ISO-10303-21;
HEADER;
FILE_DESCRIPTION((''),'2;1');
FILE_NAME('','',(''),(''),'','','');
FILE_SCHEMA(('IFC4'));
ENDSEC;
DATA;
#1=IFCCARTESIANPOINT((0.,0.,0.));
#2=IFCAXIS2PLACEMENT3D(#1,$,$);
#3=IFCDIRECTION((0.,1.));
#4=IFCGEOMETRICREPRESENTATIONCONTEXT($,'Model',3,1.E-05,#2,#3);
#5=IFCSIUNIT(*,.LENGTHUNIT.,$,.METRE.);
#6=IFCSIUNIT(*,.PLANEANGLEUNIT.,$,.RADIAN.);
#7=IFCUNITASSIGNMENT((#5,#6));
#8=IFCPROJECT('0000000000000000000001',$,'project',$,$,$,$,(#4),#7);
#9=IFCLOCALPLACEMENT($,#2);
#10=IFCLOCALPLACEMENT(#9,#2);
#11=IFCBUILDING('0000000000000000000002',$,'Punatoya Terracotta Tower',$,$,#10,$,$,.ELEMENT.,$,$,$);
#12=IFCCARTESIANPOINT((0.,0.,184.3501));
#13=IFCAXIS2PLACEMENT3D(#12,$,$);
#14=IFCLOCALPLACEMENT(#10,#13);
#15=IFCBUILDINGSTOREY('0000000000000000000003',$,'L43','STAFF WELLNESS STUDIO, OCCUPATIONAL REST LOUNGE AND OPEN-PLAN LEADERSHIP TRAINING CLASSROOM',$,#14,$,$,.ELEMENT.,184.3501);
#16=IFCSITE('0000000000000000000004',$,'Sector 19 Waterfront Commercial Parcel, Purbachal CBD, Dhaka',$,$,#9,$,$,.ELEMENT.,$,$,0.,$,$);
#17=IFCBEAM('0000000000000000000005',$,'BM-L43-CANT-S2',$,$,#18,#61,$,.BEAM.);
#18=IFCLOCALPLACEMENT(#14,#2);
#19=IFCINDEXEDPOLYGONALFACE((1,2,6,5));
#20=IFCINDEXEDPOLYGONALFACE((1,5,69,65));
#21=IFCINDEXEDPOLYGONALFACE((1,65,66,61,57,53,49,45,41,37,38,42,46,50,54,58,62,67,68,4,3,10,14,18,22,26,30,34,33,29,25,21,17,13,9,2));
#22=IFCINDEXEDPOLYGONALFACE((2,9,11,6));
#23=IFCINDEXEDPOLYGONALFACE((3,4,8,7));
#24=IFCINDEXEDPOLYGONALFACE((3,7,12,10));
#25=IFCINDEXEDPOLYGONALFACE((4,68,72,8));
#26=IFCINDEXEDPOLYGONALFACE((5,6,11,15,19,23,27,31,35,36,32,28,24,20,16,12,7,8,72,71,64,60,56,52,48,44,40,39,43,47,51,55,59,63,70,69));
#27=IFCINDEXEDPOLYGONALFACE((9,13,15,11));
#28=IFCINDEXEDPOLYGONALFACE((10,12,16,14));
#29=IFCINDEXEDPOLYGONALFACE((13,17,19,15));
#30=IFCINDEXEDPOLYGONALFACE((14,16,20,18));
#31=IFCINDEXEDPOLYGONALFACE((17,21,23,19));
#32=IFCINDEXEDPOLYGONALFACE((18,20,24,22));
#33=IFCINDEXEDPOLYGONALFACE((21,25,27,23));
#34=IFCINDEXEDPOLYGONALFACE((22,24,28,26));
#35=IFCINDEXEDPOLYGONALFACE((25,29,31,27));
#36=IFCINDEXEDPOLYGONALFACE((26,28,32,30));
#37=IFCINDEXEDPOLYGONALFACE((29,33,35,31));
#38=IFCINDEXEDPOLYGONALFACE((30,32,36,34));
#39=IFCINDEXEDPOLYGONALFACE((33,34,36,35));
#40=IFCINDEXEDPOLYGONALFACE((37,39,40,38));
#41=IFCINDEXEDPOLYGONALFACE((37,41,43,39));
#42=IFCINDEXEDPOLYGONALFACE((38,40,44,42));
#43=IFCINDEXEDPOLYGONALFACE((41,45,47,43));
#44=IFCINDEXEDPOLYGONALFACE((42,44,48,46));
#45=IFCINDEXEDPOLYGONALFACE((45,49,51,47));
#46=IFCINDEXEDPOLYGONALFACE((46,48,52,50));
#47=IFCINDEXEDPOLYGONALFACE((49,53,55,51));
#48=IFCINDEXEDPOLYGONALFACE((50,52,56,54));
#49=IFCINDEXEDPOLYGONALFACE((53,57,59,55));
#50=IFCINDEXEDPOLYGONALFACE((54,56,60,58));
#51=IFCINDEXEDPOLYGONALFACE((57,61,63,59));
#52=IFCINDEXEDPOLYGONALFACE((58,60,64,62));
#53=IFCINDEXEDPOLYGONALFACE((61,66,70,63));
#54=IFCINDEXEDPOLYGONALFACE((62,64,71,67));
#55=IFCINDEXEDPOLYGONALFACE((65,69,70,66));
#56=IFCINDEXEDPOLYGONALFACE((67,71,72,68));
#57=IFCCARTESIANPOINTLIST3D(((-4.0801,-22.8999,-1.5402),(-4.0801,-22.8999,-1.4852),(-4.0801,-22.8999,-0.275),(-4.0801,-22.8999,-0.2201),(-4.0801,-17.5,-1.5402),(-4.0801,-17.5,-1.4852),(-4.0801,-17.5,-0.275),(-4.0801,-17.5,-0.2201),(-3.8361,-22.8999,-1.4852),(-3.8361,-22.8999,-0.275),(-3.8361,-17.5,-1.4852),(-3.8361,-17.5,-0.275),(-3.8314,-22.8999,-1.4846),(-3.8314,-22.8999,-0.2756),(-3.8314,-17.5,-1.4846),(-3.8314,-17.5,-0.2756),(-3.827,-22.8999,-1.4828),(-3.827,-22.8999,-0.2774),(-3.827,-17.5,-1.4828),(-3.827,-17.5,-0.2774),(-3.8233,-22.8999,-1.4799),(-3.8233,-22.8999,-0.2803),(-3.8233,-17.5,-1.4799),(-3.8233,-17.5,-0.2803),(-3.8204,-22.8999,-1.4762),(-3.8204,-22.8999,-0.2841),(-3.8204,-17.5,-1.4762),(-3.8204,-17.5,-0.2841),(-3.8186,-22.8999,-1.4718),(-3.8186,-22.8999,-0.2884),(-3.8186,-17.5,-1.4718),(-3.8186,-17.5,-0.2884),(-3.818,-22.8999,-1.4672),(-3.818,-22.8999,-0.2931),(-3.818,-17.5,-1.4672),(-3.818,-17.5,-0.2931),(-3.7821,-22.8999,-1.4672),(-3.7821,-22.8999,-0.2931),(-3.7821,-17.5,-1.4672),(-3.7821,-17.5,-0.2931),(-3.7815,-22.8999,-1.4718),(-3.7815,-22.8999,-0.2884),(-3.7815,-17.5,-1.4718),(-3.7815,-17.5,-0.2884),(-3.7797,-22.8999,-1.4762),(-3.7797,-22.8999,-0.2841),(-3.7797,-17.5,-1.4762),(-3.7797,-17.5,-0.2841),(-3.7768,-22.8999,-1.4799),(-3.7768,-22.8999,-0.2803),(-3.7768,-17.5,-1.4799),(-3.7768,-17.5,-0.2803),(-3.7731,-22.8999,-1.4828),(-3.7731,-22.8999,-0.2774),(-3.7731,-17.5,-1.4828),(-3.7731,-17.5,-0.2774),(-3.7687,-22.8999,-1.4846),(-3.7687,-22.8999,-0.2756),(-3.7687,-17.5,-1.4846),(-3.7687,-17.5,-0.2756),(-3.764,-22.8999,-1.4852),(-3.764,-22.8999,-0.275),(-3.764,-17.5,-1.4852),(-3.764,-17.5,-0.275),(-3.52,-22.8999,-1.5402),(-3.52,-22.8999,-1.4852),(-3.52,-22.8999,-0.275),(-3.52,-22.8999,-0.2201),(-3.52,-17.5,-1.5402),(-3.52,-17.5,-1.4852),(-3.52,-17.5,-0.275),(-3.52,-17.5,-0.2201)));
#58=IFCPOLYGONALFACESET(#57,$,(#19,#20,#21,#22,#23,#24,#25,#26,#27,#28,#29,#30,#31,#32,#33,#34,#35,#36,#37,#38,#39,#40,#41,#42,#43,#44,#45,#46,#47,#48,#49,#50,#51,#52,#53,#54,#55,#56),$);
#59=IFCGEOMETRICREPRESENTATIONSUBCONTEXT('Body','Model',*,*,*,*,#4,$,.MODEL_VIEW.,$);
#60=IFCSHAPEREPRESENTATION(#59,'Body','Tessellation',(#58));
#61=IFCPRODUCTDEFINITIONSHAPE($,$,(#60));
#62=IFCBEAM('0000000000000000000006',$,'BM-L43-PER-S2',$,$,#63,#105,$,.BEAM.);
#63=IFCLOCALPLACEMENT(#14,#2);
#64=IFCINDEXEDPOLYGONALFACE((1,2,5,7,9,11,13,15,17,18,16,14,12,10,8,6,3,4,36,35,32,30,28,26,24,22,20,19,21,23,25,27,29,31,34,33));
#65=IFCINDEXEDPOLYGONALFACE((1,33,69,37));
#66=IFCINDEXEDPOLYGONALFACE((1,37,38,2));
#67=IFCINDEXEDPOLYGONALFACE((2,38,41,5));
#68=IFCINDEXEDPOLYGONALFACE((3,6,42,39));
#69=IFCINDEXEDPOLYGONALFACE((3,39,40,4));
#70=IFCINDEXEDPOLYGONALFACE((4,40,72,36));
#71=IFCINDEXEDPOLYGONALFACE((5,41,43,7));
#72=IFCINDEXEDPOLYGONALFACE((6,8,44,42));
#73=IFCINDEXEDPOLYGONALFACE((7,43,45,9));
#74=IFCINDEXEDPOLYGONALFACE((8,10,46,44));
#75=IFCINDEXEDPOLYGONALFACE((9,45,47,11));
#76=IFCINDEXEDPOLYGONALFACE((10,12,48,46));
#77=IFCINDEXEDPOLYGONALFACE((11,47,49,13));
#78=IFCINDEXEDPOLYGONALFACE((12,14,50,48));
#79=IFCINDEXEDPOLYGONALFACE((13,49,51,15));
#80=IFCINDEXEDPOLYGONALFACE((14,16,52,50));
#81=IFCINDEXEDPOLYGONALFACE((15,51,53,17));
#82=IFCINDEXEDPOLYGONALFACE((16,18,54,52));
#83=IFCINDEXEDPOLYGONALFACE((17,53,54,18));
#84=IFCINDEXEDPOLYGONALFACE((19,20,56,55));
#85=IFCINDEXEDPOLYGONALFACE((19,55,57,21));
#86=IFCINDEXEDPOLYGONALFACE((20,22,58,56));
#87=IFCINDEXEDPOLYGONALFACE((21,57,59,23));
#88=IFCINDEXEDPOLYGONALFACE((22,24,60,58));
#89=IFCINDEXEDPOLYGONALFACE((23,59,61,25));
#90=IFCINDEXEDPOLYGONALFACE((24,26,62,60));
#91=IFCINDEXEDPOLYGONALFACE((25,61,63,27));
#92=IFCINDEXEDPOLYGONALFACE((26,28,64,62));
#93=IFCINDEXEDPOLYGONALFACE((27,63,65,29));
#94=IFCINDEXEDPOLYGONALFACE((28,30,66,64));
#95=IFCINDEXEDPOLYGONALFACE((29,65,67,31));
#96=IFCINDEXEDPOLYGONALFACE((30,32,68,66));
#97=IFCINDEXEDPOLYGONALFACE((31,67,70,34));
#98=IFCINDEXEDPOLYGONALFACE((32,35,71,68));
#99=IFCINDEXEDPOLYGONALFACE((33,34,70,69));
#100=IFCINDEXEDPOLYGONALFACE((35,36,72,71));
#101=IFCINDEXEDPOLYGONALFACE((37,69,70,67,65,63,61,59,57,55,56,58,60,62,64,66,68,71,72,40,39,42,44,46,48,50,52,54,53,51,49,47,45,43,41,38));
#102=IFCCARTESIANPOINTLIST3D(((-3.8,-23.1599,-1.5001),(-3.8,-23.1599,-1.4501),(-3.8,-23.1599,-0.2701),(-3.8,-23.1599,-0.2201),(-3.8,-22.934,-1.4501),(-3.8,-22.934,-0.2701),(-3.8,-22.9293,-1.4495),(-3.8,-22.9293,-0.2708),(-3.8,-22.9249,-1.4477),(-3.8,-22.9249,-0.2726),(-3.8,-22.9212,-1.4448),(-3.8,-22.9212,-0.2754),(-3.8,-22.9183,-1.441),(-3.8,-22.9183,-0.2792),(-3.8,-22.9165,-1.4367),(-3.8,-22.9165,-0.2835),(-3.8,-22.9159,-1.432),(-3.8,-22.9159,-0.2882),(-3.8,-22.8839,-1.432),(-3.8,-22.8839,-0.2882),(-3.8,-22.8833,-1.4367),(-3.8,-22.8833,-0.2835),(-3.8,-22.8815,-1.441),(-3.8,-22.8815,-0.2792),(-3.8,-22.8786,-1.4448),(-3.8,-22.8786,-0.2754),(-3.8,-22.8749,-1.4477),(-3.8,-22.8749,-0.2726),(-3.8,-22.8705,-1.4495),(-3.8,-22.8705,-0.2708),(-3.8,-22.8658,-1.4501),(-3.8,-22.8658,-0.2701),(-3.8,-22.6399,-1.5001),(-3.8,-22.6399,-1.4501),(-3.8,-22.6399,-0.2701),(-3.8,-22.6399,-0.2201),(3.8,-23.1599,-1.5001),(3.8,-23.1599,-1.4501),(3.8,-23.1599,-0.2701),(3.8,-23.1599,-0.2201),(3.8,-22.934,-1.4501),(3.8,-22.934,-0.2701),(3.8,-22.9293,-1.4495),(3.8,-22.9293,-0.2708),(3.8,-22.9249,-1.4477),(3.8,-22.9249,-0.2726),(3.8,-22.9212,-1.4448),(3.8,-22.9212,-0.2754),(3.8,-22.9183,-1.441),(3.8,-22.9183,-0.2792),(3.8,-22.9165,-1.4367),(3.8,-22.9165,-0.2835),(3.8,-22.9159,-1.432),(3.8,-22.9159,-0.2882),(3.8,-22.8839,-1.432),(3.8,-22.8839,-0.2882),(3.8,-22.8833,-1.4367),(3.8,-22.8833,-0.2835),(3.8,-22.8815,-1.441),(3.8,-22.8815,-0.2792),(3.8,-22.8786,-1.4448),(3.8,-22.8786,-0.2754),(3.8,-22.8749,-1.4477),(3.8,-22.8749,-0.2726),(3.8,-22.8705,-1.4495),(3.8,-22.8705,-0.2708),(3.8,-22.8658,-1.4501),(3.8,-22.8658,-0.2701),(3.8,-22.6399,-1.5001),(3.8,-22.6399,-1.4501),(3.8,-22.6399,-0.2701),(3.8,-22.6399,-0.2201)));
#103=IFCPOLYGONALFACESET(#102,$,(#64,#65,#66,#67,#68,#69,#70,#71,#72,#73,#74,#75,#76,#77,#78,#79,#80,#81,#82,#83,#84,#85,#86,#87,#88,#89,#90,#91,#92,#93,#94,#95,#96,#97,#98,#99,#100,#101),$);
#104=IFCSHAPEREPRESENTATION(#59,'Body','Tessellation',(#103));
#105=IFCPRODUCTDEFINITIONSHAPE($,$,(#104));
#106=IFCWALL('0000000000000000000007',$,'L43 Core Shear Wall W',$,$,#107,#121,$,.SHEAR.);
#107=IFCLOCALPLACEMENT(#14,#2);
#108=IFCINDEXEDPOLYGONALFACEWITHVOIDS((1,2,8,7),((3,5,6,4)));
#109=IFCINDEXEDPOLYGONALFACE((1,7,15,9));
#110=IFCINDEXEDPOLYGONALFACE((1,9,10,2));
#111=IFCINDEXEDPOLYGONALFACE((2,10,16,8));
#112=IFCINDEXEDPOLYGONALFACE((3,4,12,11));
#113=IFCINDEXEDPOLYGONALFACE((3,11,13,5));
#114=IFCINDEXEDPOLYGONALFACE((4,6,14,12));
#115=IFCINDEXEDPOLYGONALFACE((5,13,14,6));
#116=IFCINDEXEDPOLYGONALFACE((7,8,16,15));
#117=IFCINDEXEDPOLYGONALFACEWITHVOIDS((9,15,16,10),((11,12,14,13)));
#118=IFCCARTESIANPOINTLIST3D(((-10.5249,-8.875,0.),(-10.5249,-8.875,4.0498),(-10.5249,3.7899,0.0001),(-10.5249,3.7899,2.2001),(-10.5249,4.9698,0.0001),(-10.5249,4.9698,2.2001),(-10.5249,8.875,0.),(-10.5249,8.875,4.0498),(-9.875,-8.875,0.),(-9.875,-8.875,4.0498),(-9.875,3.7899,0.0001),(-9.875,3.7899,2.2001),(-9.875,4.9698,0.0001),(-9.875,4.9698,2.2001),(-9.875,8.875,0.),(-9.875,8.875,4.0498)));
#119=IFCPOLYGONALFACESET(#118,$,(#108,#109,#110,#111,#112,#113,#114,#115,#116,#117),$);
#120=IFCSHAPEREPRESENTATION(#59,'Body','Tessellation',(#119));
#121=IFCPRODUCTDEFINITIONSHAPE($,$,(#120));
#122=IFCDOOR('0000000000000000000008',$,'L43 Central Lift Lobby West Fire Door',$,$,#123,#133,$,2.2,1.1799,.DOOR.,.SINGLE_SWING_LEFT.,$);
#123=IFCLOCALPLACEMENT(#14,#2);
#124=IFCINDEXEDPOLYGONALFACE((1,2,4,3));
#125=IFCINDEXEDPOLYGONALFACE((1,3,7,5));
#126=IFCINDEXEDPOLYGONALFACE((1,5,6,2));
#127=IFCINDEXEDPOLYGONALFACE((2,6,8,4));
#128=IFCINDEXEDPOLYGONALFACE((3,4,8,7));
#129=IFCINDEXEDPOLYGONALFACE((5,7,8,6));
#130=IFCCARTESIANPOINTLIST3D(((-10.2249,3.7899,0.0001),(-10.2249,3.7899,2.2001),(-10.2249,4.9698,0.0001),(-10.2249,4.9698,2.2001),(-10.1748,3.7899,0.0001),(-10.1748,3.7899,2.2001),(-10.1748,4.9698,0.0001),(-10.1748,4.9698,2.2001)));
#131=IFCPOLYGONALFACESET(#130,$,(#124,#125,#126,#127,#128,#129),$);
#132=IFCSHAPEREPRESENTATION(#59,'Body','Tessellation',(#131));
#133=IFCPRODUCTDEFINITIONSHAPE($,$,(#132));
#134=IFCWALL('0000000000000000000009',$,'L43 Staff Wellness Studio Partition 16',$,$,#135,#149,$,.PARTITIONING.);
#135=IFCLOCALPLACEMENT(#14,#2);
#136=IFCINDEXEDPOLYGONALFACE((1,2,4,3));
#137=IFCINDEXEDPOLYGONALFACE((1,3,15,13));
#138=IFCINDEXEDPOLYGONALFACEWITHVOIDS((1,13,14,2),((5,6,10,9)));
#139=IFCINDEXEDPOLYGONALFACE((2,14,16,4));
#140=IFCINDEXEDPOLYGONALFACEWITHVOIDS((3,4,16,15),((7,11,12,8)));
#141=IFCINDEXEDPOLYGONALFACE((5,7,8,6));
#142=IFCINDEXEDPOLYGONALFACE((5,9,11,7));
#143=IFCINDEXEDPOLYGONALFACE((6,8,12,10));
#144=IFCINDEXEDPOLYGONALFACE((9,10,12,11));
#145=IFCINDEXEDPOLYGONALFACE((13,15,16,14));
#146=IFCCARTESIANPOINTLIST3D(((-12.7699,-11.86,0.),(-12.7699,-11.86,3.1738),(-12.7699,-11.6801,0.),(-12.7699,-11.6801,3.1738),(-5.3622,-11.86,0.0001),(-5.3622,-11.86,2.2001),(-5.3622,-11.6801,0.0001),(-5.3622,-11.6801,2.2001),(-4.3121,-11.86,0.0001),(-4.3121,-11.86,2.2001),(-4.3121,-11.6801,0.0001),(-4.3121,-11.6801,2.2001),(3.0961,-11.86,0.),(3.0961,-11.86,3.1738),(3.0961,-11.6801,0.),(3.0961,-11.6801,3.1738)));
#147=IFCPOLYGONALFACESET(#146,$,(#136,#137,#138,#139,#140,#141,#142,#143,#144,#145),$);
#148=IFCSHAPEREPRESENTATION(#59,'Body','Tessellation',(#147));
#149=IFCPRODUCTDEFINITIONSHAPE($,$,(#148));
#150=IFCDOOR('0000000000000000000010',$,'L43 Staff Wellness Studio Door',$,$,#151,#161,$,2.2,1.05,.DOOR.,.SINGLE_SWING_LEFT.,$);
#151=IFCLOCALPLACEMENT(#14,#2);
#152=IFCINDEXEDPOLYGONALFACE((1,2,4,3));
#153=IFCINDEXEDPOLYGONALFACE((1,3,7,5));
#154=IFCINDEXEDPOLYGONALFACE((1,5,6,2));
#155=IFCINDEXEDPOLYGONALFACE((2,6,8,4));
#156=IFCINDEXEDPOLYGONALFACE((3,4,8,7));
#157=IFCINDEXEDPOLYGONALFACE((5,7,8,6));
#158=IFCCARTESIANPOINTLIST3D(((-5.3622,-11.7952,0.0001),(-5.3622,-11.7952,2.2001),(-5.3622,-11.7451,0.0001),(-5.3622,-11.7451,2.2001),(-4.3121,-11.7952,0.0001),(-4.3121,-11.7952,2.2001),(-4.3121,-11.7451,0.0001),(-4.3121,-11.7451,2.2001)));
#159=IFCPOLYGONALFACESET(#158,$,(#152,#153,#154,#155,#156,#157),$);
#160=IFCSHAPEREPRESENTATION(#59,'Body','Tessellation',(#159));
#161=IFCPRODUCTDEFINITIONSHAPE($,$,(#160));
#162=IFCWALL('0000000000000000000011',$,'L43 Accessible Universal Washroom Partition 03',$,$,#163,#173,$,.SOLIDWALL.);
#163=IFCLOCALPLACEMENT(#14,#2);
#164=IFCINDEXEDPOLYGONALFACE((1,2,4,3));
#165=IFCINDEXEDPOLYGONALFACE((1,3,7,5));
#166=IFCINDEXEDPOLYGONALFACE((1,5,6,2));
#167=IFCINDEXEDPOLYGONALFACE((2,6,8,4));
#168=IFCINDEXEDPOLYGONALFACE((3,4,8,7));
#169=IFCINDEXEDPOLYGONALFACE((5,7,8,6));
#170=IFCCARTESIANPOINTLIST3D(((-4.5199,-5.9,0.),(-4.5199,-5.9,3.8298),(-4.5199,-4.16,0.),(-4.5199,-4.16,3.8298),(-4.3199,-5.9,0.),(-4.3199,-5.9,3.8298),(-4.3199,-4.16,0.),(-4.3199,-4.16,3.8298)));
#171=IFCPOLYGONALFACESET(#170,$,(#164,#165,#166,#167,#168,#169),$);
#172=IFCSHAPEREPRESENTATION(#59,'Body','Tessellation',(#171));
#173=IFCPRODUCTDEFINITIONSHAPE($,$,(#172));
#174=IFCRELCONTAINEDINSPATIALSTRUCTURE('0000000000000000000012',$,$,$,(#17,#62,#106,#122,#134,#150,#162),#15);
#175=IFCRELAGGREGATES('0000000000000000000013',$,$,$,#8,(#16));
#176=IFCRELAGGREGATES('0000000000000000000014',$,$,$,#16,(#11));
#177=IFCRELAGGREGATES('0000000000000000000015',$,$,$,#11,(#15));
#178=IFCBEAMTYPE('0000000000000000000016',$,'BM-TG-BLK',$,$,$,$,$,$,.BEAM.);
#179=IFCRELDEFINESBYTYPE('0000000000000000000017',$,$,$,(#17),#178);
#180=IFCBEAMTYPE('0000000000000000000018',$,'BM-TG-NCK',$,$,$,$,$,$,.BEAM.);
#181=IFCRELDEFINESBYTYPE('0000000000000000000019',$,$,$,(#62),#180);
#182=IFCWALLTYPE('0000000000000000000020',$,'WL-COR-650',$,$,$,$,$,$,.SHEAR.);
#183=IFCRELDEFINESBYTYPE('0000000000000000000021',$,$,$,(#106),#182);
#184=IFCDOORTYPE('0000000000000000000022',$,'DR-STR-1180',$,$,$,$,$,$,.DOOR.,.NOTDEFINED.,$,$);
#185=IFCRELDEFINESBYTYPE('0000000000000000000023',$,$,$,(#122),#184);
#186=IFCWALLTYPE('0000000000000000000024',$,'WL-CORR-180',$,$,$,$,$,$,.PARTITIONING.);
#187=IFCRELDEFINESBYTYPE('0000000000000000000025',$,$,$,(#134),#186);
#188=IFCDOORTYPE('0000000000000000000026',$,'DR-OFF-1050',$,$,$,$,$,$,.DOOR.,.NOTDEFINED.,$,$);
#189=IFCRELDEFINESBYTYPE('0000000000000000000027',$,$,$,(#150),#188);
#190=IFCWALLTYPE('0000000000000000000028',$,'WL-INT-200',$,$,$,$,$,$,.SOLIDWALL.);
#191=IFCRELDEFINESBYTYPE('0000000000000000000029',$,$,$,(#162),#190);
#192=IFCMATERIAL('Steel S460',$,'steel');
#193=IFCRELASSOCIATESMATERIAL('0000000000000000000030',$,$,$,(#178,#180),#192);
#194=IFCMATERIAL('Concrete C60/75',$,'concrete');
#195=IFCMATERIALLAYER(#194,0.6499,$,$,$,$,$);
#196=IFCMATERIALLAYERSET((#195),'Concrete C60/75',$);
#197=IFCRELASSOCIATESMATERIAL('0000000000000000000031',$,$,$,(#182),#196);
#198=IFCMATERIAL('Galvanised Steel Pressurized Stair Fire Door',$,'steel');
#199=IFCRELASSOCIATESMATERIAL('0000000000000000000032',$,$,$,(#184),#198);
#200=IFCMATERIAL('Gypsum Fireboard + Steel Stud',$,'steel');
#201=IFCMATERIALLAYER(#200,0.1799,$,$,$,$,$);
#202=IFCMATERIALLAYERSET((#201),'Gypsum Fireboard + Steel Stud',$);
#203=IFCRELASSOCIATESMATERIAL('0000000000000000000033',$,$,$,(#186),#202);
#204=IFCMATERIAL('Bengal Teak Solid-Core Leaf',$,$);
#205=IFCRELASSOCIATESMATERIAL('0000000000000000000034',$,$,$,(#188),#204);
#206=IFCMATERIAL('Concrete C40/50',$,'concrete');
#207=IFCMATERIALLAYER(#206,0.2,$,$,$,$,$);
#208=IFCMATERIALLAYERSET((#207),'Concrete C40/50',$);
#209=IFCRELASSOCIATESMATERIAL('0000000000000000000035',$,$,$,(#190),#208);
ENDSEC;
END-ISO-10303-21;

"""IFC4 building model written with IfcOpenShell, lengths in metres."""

from ifc_helpers import new_model, si_unit, direction, frame, frame_2d, origin, origin_2d, place, context, subcontext, project, spatial, rectangle, i_section, extrude, material, layer, layer_set, material_profile, profile_set, type_object, element, fill, save


model = new_model("IFC4")

# Units and contexts
model_context = context("Model", 3, precision=1e-05, world=origin(), true_north=direction((0.0, 1.0)))
body_context = subcontext(model_context, "Body", "Model", "MODEL_VIEW")
ifc_project = project(units=[si_unit("LENGTHUNIT", "METRE"), si_unit("PLANEANGLEUNIT", "RADIAN")], contexts=[model_context])

# Site, building, storey
site_placement = place(None, origin())
site = spatial("IfcSite", under=ifc_project, at=site_placement, Name="Sector 19 Waterfront Commercial Parcel, Purbachal CBD, Dhaka", CompositionType="ELEMENT", RefElevation=0.0)
building_placement = place(site_placement, origin())
building = spatial("IfcBuilding", under=site, at=building_placement, Name="Punatoya Terracotta Tower", CompositionType="ELEMENT")
storey_placement = place(building_placement, frame((0.0, 0.0, 184.3501)))
storey = spatial("IfcBuildingStorey", under=building, at=storey_placement, Name="L43", Description="STAFF WELLNESS STUDIO, OCCUPATIONAL REST LOUNGE AND OPEN-PLAN LEADERSHIP TRAINING CLASSROOM", CompositionType="ELEMENT", Elevation=184.3501)

# Shared definitions
ifc_material_1 = material(Name="Steel S460", Category="steel")

# Beams
ifc_material_2 = material(Name="Concrete C60/75", Category="concrete")
ifc_material_profile_1 = material_profile(ifc_material_1, i_section(OverallWidth=0.5601, OverallDepth=1.3201, WebThickness=0.0359, FlangeThickness=0.0549, FilletRadius=0.0181, at=origin_2d()))
ifc_profile_set_1 = profile_set([ifc_material_profile_1], Name="Steel S460")
beam_type_1 = type_object("IfcBeamType", Name="BM-TG-BLK", PredefinedType="BEAM", material=ifc_profile_set_1)
beam_1_placement = place(storey_placement, frame((-3.8, -22.8999, -0.8801), z_axis=(0.0, 1.0, 0.0), x_axis=(-1.0, 0.0, 0.0)))
element("IfcBeam", 1, at=beam_1_placement, inside=storey, type_object=beam_type_1, Name="BM-L43-CANT-S2", PredefinedType="BEAM", context=body_context, shape_type="SweptSolid", body=[
    extrude(i_section(OverallWidth=0.5601, OverallDepth=1.3201, WebThickness=0.0359, FlangeThickness=0.0549, FilletRadius=0.0181, at=origin_2d()), origin(), (0.0, 0.0, 1.0), 5.3999),
])
ifc_material_profile_2 = material_profile(ifc_material_1, i_section(OverallWidth=0.52, OverallDepth=1.28, WebThickness=0.032, FlangeThickness=0.05, FilletRadius=0.0181, at=origin_2d()))
ifc_profile_set_2 = profile_set([ifc_material_profile_2], Name="Steel S460")
beam_type_2 = type_object("IfcBeamType", Name="BM-TG-NCK", PredefinedType="BEAM", material=ifc_profile_set_2)
beam_2_placement = place(storey_placement, frame((-3.8, -22.8999, -0.8601), z_axis=(1.0, 0.0, 0.0), x_axis=(0.0, 1.0, 0.0)))
element("IfcBeam", 2, at=beam_2_placement, inside=storey, type_object=beam_type_2, Name="BM-L43-PER-S2", PredefinedType="BEAM", context=body_context, shape_type="SweptSolid", body=[
    extrude(i_section(OverallWidth=0.52, OverallDepth=1.28, WebThickness=0.032, FlangeThickness=0.05, FilletRadius=0.0181, at=origin_2d()), origin(), (0.0, 0.0, 1.0), 7.6001),
])

# Walls, openings, doors
ifc_layer_1 = layer(ifc_material_2, 0.6499)
ifc_layer_set_1 = layer_set([ifc_layer_1], Name="Concrete C60/75")
wall_type_1 = type_object("IfcWallType", Name="WL-COR-650", PredefinedType="SHEAR", material=ifc_layer_set_1)
wall_1_placement = place(storey_placement, frame((-10.2, -8.875, 0.0), z_axis=(0.0, 0.0, 1.0), x_axis=(0.0, 1.0, 0.0)))
wall_1 = element("IfcWall", 3, at=wall_1_placement, inside=storey, type_object=wall_type_1, Name="L43 Core Shear Wall W", PredefinedType="SHEAR", context=body_context, shape_type="SweptSolid", body=[
    extrude(rectangle(XDim=17.75, YDim=0.6499, at=frame_2d((8.875, 0.0))), origin(), (0.0, 0.0, 1.0), 4.0498),
])
opening_1_placement = place(wall_1_placement, frame((12.665, 0.0, 0.0)))
opening_1 = element("IfcOpeningElement", 4, at=opening_1_placement, cuts=wall_1, PredefinedType="OPENING", context=body_context, shape_type="SweptSolid", body=[
    extrude(rectangle(XDim=1.1799, YDim=2.2, at=frame_2d((0.5898, 1.1001))), frame((0.0, 0.335, 0.0), z_axis=(0.0, -1.0, 0.0), x_axis=(1.0, 0.0, 0.0)), (0.0, 0.0, 1.0), 0.6699),
])
ifc_material_3 = material(Name="Galvanised Steel Pressurized Stair Fire Door", Category="steel")
door_type_1 = type_object("IfcDoorType", Name="DR-STR-1180", OperationType="NOTDEFINED", PredefinedType="DOOR", material=ifc_material_3)
door_1_placement = place(opening_1_placement, origin())
door_1 = element("IfcDoor", 5, at=door_1_placement, inside=storey, type_object=door_type_1, Name="L43 Central Lift Lobby West Fire Door", OperationType="SINGLE_SWING_LEFT", OverallHeight=2.2, OverallWidth=1.1799, PredefinedType="DOOR", context=body_context, shape_type="SweptSolid", body=[
    extrude(rectangle(XDim=1.1799, YDim=2.2, at=frame_2d((0.5898, 1.1001))), frame((0.0, 0.0249, 0.0), z_axis=(0.0, -1.0, 0.0), x_axis=(1.0, 0.0, 0.0)), (0.0, 0.0, 1.0), 0.05),
])
fill(opening_1, door_1)
ifc_material_4 = material(Name="Gypsum Fireboard + Steel Stud", Category="steel")
ifc_layer_2 = layer(ifc_material_4, 0.1799)
ifc_layer_set_2 = layer_set([ifc_layer_2], Name="Gypsum Fireboard + Steel Stud")
wall_type_2 = type_object("IfcWallType", Name="WL-CORR-180", PredefinedType="PARTITIONING", material=ifc_layer_set_2)
wall_2_placement = place(storey_placement, frame((-12.77, -11.77, 0.0), z_axis=(0.0, 0.0, 1.0), x_axis=(1.0, 0.0, 0.0)))
wall_2 = element("IfcWall", 6, at=wall_2_placement, inside=storey, type_object=wall_type_2, Name="L43 Staff Wellness Studio Partition 16", PredefinedType="PARTITIONING", context=body_context, shape_type="SweptSolid", body=[
    extrude(rectangle(XDim=15.866, YDim=0.1799, at=frame_2d((7.9331, 0.0))), origin(), (0.0, 0.0, 1.0), 3.1738),
])
opening_2_placement = place(wall_2_placement, frame((7.408, 0.0, 0.0)))
opening_2 = element("IfcOpeningElement", 7, at=opening_2_placement, cuts=wall_2, PredefinedType="OPENING", context=body_context, shape_type="SweptSolid", body=[
    extrude(rectangle(XDim=1.05, YDim=2.2, at=frame_2d((0.5249, 1.1001))), frame((0.0, 0.0999, 0.0), z_axis=(0.0, -1.0, 0.0), x_axis=(1.0, 0.0, 0.0)), (0.0, 0.0, 1.0), 0.2),
])
ifc_material_5 = material(Name="Bengal Teak Solid-Core Leaf")
door_type_2 = type_object("IfcDoorType", Name="DR-OFF-1050", OperationType="NOTDEFINED", PredefinedType="DOOR", material=ifc_material_5)
door_2_placement = place(opening_2_placement, origin())
door_2 = element("IfcDoor", 8, at=door_2_placement, inside=storey, type_object=door_type_2, Name="L43 Staff Wellness Studio Door", OperationType="SINGLE_SWING_LEFT", OverallHeight=2.2, OverallWidth=1.05, PredefinedType="DOOR", context=body_context, shape_type="SweptSolid", body=[
    extrude(rectangle(XDim=1.05, YDim=2.2, at=frame_2d((0.5249, 1.1001))), frame((0.0, 0.0249, 0.0), z_axis=(0.0, -1.0, 0.0), x_axis=(1.0, 0.0, 0.0)), (0.0, 0.0, 1.0), 0.05),
])
fill(opening_2, door_2)

# Wall
ifc_material_6 = material(Name="Concrete C40/50", Category="concrete")
ifc_layer_3 = layer(ifc_material_6, 0.2)
ifc_layer_set_3 = layer_set([ifc_layer_3], Name="Concrete C40/50")
wall_type_3 = type_object("IfcWallType", Name="WL-INT-200", PredefinedType="SOLIDWALL", material=ifc_layer_set_3)
wall_3_placement = place(storey_placement, frame((-4.4199, -4.1599, 0.0), z_axis=(0.0, 0.0, 1.0), x_axis=(0.0, -1.0, 0.0)))
element("IfcWall", 9, at=wall_3_placement, inside=storey, type_object=wall_type_3, Name="L43 Accessible Universal Washroom Partition 03", PredefinedType="SOLIDWALL", context=body_context, shape_type="SweptSolid", body=[
    extrude(rectangle(XDim=1.74, YDim=0.2, at=frame_2d((0.8701, 0.0))), origin(), (0.0, 0.0, 1.0), 3.8298),
])

save(model, "model.ifc")
